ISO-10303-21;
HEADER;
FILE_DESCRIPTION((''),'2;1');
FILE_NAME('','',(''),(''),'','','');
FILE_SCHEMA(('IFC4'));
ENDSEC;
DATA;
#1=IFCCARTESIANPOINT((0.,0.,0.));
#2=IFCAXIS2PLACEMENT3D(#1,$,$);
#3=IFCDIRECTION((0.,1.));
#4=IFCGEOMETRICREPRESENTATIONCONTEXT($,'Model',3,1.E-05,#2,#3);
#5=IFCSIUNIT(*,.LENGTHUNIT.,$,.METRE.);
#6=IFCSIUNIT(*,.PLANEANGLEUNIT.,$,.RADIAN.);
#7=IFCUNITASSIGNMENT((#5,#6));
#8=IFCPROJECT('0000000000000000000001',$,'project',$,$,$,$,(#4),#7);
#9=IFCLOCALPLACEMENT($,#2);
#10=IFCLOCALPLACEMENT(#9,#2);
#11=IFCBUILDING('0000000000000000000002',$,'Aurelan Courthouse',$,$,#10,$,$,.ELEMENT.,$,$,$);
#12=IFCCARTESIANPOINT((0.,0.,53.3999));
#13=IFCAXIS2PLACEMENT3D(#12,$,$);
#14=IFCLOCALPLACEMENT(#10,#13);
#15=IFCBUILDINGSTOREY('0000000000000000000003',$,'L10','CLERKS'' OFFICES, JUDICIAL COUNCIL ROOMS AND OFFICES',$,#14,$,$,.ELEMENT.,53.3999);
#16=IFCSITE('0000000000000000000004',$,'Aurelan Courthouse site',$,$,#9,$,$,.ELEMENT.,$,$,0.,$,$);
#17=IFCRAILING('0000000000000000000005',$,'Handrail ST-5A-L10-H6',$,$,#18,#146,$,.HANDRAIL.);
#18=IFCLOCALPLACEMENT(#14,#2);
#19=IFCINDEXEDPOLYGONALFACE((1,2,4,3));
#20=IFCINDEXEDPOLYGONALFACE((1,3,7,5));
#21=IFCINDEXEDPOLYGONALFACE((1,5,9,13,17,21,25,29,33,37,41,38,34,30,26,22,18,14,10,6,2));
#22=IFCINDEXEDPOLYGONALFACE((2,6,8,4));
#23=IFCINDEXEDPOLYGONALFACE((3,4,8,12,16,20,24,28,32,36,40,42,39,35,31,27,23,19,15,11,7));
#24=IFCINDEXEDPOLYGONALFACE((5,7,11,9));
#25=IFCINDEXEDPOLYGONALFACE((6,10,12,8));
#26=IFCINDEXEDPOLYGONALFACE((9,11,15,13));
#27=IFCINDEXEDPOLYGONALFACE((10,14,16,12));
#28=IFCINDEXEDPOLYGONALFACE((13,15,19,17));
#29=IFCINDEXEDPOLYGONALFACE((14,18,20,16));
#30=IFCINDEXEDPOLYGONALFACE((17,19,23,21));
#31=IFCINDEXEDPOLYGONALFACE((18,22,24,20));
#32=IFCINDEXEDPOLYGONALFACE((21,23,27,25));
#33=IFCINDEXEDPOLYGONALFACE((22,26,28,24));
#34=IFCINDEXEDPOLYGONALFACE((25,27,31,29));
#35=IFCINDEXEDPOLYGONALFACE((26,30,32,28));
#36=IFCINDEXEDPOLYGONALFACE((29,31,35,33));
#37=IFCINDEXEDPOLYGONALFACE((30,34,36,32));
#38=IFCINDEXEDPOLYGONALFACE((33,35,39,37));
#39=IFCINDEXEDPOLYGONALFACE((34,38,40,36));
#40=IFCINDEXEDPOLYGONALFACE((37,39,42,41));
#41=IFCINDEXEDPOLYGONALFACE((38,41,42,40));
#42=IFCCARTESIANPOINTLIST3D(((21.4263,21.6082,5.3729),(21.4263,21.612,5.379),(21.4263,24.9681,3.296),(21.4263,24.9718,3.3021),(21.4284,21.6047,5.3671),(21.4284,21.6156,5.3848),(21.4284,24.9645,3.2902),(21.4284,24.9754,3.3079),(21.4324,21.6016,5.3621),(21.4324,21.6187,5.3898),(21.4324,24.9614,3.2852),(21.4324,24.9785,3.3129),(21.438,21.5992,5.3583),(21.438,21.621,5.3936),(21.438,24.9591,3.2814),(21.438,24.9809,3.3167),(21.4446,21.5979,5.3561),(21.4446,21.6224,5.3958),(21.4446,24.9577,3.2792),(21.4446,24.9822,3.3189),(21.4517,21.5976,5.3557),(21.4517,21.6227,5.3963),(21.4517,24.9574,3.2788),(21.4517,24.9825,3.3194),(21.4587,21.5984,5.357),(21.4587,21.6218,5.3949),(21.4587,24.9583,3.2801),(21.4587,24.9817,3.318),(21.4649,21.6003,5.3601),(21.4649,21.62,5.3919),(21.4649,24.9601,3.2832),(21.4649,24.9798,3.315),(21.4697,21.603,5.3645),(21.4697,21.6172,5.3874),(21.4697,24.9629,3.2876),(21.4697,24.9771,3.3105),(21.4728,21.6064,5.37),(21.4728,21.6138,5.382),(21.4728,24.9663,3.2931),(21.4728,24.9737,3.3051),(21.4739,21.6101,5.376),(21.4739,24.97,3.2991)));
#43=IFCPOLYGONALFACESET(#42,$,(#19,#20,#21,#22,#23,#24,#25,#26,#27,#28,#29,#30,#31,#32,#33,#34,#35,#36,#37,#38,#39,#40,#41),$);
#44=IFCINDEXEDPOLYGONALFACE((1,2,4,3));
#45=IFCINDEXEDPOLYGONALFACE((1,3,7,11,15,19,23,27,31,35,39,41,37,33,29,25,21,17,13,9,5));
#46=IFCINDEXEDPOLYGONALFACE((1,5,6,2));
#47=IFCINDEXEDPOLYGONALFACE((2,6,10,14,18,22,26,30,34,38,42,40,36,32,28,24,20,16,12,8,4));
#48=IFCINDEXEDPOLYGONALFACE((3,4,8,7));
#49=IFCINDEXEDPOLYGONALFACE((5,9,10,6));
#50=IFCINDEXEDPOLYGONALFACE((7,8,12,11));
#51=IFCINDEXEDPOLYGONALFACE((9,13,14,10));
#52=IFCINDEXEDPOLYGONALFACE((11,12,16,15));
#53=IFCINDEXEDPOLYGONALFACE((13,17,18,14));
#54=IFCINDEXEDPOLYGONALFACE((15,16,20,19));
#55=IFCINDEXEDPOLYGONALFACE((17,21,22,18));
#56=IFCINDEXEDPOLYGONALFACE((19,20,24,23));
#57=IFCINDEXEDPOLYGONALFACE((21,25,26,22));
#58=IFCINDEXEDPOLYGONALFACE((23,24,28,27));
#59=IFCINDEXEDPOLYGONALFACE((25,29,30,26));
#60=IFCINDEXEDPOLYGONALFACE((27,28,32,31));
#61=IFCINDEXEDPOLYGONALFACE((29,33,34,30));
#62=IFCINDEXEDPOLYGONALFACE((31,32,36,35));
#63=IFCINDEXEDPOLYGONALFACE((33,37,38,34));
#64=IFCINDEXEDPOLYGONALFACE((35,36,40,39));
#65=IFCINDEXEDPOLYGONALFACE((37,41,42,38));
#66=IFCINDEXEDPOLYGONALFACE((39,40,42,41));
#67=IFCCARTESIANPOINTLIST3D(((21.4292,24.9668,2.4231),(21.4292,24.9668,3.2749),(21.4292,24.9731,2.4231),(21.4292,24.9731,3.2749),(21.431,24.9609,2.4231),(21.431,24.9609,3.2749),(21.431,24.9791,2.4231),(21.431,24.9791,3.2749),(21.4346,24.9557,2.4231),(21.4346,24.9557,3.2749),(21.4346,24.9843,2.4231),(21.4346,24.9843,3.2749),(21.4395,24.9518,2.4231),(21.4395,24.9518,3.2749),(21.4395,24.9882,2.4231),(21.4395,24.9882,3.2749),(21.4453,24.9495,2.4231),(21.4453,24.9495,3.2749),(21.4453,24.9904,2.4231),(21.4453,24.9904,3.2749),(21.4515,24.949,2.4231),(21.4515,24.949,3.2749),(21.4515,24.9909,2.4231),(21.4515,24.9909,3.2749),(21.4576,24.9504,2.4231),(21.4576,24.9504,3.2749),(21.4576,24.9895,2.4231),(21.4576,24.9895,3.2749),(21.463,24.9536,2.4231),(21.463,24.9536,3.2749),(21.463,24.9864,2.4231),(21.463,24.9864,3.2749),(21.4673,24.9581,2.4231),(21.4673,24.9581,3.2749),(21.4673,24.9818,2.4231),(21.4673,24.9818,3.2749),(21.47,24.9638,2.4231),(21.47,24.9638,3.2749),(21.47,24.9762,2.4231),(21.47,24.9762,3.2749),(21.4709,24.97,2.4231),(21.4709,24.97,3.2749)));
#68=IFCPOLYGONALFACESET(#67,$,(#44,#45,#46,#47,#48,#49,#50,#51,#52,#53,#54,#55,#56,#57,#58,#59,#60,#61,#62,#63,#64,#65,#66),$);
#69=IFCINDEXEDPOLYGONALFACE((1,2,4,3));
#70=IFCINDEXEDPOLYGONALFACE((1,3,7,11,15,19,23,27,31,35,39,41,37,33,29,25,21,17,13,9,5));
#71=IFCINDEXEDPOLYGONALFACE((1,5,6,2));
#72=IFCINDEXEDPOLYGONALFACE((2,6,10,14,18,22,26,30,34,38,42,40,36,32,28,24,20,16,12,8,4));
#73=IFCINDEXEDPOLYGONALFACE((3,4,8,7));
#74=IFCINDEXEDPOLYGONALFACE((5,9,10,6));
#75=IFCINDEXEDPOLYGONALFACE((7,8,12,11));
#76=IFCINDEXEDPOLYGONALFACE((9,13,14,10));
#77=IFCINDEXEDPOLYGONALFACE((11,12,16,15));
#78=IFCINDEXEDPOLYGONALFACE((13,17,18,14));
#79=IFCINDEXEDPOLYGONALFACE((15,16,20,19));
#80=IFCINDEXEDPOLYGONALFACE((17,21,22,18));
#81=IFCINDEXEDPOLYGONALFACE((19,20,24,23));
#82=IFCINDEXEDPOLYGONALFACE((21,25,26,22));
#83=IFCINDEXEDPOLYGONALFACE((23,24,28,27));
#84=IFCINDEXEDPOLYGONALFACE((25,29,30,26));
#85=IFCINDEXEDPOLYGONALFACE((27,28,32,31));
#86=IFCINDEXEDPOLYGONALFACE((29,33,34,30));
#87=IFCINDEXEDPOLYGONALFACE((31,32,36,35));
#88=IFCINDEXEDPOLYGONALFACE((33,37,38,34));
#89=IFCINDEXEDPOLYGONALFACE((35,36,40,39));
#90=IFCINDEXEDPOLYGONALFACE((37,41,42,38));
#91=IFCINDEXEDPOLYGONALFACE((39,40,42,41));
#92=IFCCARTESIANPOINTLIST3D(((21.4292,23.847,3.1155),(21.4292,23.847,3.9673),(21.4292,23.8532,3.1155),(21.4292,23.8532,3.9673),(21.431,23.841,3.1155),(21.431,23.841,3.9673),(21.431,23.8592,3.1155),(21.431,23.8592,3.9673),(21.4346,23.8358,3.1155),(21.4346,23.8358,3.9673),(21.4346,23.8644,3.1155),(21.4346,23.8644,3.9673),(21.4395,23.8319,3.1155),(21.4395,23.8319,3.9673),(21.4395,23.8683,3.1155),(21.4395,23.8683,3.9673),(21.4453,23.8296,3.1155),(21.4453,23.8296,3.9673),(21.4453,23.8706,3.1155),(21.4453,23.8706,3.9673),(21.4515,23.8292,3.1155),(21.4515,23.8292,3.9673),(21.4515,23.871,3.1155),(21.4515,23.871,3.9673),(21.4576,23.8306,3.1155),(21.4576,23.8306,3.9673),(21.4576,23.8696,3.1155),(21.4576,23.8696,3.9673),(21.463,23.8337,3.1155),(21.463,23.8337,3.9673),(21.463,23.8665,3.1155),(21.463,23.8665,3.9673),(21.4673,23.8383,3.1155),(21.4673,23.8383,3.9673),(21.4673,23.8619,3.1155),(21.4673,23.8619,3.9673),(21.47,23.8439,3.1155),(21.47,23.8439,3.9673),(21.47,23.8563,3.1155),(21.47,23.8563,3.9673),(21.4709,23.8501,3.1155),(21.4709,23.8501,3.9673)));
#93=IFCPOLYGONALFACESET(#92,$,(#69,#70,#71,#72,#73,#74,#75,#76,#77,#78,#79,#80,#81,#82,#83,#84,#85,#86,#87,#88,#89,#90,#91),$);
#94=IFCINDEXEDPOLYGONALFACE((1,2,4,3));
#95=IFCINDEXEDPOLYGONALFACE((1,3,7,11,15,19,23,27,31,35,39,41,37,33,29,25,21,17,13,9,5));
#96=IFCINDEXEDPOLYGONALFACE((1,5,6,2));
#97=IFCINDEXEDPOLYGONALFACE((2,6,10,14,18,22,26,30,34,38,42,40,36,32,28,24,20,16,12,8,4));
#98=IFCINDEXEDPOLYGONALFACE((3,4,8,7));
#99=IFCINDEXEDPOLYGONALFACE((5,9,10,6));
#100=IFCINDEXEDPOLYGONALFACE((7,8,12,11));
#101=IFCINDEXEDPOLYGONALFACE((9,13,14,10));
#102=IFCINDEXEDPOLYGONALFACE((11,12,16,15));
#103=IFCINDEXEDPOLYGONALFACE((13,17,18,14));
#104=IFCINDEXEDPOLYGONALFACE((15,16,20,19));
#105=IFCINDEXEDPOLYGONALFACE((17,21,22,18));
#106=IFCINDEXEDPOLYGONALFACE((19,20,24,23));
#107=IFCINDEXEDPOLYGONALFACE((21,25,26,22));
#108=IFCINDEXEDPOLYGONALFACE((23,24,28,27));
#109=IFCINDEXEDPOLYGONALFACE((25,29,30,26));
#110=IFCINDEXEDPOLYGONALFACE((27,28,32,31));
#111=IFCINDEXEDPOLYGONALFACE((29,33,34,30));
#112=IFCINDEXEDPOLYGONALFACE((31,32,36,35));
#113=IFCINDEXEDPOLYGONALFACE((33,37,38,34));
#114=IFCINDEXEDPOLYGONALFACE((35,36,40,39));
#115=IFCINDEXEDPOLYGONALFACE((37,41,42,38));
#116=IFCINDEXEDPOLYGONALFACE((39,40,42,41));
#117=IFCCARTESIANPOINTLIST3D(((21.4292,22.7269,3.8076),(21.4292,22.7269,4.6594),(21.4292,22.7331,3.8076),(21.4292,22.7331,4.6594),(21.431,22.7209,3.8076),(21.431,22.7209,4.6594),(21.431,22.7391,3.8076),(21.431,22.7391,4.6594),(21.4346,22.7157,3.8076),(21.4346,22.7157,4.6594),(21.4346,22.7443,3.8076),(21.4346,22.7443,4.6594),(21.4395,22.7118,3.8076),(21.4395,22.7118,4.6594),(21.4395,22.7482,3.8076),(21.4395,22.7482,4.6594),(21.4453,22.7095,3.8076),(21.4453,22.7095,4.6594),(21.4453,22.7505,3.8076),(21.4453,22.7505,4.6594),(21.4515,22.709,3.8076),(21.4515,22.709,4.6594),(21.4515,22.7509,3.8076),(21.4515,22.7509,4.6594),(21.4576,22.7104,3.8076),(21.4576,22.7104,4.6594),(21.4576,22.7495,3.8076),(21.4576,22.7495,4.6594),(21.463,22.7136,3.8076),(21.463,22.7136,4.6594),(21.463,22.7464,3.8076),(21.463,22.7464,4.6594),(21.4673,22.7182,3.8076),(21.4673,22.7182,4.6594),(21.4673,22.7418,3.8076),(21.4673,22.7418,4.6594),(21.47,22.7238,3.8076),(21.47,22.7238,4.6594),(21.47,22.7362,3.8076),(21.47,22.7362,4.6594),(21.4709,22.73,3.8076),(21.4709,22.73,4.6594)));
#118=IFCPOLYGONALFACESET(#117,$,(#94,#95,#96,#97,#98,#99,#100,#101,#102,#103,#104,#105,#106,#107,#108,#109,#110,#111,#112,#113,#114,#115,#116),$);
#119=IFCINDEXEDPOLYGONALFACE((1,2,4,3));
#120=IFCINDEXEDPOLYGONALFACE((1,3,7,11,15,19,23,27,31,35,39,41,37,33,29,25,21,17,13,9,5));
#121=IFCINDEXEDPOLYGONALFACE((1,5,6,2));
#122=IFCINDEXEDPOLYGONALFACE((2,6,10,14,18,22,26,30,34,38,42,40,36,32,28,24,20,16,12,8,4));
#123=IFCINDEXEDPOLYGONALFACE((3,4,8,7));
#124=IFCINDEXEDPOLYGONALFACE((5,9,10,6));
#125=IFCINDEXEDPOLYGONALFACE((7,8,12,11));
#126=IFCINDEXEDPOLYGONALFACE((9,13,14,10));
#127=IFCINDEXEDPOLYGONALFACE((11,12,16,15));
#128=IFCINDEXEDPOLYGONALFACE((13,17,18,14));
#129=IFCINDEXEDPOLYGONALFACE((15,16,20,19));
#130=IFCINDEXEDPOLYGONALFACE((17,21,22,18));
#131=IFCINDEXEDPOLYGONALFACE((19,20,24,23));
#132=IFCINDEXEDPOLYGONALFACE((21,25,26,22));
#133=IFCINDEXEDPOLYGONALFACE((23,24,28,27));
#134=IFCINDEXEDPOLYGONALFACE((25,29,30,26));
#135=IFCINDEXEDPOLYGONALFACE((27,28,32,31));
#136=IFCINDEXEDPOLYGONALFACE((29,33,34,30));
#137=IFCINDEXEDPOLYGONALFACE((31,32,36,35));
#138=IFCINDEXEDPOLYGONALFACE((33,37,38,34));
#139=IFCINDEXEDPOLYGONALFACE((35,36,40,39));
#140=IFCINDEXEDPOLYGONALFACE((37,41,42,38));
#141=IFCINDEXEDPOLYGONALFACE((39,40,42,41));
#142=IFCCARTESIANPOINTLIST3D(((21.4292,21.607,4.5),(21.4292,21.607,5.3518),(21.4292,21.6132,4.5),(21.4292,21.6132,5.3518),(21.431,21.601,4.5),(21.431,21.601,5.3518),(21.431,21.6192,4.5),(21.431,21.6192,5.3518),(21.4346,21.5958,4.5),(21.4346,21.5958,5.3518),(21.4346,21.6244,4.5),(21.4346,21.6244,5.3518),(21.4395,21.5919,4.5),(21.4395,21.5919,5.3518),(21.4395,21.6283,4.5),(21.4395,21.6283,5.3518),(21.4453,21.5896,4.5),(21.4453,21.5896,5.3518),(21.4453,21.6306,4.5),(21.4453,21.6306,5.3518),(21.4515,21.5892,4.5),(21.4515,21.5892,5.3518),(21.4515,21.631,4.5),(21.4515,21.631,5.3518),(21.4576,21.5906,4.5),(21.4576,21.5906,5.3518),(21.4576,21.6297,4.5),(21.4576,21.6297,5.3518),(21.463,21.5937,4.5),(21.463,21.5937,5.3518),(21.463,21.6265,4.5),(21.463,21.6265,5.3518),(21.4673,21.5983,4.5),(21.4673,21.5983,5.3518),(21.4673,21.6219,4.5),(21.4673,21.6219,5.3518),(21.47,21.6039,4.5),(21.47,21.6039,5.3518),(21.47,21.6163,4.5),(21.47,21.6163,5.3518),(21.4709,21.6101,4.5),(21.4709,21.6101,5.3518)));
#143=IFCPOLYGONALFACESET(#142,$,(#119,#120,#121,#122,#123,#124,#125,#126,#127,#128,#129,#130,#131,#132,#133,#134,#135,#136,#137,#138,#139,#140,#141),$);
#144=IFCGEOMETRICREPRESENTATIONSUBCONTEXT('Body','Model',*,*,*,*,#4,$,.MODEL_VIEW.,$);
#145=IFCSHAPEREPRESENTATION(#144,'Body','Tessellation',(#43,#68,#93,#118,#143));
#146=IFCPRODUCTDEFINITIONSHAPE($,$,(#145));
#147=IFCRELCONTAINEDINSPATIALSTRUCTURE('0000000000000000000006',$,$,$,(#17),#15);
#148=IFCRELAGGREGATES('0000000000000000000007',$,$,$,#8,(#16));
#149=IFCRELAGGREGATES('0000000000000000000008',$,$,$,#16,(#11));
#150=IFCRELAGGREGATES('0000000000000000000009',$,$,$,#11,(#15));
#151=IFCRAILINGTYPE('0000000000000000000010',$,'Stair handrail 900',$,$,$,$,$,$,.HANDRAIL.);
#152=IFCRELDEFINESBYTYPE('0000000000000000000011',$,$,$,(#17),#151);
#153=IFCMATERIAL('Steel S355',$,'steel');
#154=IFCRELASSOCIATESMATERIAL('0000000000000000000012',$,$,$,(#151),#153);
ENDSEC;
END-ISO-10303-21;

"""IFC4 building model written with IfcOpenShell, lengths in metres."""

from ifc_helpers import new_model, si_unit, direction, frame, origin, origin_2d, place, context, subcontext, project, spatial, circle, extrude, material, type_object, element, save


model = new_model("IFC4")

# Units and contexts
model_context = context("Model", 3, precision=1e-05, world=origin(), true_north=direction((0.0, 1.0)))
body_context = subcontext(model_context, "Body", "Model", "MODEL_VIEW")
ifc_project = project(units=[si_unit("LENGTHUNIT", "METRE"), si_unit("PLANEANGLEUNIT", "RADIAN")], contexts=[model_context])

# Site, building, storey
site_placement = place(None, origin())
site = spatial("IfcSite", under=ifc_project, at=site_placement, Name="Aurelan Courthouse site", CompositionType="ELEMENT", RefElevation=0.0)
building_placement = place(site_placement, origin())
building = spatial("IfcBuilding", under=site, at=building_placement, Name="Aurelan Courthouse", CompositionType="ELEMENT")
storey_placement = place(building_placement, frame((0.0, 0.0, 53.3999)))
storey = spatial("IfcBuildingStorey", under=building, at=storey_placement, Name="L10", Description="CLERKS' OFFICES, JUDICIAL COUNCIL ROOMS AND OFFICES", CompositionType="ELEMENT", Elevation=53.3999)

# Railing
ifc_material_1 = material(Name="Steel S355", Category="steel")
railing_type_1 = type_object("IfcRailingType", Name="Stair handrail 900", PredefinedType="HANDRAIL", material=ifc_material_1)
for number, where, name in (
    (1, (21.45, 24.97, 2.4231), "Handrail ST-5A-L10-H6"),
):
    element("IfcRailing", number, at=place(storey_placement, frame(where)), inside=storey, type_object=railing_type_1, Name=name, PredefinedType="HANDRAIL", context=body_context, shape_type="SweptSolid", body=[
        extrude(circle(Radius=0.0239, at=origin_2d()), frame((0.0, 0.0, 0.876), z_axis=(0.0, -0.850606, 0.525803), x_axis=(1.0, 0.0, 0.0)), (0.0, 0.0, 1.0), 3.95),
        extrude(circle(Radius=0.021, at=origin_2d()), origin(), (0.0, 0.0, 1.0), 0.8518),
        extrude(circle(Radius=0.021, at=origin_2d()), frame((0.0, -1.1199, 0.6924)), (0.0, 0.0, 1.0), 0.8518),
        extrude(circle(Radius=0.021, at=origin_2d()), frame((0.0, -2.24, 1.3845)), (0.0, 0.0, 1.0), 0.8518),
        extrude(circle(Radius=0.021, at=origin_2d()), frame((0.0, -3.3599, 2.0769)), (0.0, 0.0, 1.0), 0.8518),
    ])

save(model, "model.ifc")
